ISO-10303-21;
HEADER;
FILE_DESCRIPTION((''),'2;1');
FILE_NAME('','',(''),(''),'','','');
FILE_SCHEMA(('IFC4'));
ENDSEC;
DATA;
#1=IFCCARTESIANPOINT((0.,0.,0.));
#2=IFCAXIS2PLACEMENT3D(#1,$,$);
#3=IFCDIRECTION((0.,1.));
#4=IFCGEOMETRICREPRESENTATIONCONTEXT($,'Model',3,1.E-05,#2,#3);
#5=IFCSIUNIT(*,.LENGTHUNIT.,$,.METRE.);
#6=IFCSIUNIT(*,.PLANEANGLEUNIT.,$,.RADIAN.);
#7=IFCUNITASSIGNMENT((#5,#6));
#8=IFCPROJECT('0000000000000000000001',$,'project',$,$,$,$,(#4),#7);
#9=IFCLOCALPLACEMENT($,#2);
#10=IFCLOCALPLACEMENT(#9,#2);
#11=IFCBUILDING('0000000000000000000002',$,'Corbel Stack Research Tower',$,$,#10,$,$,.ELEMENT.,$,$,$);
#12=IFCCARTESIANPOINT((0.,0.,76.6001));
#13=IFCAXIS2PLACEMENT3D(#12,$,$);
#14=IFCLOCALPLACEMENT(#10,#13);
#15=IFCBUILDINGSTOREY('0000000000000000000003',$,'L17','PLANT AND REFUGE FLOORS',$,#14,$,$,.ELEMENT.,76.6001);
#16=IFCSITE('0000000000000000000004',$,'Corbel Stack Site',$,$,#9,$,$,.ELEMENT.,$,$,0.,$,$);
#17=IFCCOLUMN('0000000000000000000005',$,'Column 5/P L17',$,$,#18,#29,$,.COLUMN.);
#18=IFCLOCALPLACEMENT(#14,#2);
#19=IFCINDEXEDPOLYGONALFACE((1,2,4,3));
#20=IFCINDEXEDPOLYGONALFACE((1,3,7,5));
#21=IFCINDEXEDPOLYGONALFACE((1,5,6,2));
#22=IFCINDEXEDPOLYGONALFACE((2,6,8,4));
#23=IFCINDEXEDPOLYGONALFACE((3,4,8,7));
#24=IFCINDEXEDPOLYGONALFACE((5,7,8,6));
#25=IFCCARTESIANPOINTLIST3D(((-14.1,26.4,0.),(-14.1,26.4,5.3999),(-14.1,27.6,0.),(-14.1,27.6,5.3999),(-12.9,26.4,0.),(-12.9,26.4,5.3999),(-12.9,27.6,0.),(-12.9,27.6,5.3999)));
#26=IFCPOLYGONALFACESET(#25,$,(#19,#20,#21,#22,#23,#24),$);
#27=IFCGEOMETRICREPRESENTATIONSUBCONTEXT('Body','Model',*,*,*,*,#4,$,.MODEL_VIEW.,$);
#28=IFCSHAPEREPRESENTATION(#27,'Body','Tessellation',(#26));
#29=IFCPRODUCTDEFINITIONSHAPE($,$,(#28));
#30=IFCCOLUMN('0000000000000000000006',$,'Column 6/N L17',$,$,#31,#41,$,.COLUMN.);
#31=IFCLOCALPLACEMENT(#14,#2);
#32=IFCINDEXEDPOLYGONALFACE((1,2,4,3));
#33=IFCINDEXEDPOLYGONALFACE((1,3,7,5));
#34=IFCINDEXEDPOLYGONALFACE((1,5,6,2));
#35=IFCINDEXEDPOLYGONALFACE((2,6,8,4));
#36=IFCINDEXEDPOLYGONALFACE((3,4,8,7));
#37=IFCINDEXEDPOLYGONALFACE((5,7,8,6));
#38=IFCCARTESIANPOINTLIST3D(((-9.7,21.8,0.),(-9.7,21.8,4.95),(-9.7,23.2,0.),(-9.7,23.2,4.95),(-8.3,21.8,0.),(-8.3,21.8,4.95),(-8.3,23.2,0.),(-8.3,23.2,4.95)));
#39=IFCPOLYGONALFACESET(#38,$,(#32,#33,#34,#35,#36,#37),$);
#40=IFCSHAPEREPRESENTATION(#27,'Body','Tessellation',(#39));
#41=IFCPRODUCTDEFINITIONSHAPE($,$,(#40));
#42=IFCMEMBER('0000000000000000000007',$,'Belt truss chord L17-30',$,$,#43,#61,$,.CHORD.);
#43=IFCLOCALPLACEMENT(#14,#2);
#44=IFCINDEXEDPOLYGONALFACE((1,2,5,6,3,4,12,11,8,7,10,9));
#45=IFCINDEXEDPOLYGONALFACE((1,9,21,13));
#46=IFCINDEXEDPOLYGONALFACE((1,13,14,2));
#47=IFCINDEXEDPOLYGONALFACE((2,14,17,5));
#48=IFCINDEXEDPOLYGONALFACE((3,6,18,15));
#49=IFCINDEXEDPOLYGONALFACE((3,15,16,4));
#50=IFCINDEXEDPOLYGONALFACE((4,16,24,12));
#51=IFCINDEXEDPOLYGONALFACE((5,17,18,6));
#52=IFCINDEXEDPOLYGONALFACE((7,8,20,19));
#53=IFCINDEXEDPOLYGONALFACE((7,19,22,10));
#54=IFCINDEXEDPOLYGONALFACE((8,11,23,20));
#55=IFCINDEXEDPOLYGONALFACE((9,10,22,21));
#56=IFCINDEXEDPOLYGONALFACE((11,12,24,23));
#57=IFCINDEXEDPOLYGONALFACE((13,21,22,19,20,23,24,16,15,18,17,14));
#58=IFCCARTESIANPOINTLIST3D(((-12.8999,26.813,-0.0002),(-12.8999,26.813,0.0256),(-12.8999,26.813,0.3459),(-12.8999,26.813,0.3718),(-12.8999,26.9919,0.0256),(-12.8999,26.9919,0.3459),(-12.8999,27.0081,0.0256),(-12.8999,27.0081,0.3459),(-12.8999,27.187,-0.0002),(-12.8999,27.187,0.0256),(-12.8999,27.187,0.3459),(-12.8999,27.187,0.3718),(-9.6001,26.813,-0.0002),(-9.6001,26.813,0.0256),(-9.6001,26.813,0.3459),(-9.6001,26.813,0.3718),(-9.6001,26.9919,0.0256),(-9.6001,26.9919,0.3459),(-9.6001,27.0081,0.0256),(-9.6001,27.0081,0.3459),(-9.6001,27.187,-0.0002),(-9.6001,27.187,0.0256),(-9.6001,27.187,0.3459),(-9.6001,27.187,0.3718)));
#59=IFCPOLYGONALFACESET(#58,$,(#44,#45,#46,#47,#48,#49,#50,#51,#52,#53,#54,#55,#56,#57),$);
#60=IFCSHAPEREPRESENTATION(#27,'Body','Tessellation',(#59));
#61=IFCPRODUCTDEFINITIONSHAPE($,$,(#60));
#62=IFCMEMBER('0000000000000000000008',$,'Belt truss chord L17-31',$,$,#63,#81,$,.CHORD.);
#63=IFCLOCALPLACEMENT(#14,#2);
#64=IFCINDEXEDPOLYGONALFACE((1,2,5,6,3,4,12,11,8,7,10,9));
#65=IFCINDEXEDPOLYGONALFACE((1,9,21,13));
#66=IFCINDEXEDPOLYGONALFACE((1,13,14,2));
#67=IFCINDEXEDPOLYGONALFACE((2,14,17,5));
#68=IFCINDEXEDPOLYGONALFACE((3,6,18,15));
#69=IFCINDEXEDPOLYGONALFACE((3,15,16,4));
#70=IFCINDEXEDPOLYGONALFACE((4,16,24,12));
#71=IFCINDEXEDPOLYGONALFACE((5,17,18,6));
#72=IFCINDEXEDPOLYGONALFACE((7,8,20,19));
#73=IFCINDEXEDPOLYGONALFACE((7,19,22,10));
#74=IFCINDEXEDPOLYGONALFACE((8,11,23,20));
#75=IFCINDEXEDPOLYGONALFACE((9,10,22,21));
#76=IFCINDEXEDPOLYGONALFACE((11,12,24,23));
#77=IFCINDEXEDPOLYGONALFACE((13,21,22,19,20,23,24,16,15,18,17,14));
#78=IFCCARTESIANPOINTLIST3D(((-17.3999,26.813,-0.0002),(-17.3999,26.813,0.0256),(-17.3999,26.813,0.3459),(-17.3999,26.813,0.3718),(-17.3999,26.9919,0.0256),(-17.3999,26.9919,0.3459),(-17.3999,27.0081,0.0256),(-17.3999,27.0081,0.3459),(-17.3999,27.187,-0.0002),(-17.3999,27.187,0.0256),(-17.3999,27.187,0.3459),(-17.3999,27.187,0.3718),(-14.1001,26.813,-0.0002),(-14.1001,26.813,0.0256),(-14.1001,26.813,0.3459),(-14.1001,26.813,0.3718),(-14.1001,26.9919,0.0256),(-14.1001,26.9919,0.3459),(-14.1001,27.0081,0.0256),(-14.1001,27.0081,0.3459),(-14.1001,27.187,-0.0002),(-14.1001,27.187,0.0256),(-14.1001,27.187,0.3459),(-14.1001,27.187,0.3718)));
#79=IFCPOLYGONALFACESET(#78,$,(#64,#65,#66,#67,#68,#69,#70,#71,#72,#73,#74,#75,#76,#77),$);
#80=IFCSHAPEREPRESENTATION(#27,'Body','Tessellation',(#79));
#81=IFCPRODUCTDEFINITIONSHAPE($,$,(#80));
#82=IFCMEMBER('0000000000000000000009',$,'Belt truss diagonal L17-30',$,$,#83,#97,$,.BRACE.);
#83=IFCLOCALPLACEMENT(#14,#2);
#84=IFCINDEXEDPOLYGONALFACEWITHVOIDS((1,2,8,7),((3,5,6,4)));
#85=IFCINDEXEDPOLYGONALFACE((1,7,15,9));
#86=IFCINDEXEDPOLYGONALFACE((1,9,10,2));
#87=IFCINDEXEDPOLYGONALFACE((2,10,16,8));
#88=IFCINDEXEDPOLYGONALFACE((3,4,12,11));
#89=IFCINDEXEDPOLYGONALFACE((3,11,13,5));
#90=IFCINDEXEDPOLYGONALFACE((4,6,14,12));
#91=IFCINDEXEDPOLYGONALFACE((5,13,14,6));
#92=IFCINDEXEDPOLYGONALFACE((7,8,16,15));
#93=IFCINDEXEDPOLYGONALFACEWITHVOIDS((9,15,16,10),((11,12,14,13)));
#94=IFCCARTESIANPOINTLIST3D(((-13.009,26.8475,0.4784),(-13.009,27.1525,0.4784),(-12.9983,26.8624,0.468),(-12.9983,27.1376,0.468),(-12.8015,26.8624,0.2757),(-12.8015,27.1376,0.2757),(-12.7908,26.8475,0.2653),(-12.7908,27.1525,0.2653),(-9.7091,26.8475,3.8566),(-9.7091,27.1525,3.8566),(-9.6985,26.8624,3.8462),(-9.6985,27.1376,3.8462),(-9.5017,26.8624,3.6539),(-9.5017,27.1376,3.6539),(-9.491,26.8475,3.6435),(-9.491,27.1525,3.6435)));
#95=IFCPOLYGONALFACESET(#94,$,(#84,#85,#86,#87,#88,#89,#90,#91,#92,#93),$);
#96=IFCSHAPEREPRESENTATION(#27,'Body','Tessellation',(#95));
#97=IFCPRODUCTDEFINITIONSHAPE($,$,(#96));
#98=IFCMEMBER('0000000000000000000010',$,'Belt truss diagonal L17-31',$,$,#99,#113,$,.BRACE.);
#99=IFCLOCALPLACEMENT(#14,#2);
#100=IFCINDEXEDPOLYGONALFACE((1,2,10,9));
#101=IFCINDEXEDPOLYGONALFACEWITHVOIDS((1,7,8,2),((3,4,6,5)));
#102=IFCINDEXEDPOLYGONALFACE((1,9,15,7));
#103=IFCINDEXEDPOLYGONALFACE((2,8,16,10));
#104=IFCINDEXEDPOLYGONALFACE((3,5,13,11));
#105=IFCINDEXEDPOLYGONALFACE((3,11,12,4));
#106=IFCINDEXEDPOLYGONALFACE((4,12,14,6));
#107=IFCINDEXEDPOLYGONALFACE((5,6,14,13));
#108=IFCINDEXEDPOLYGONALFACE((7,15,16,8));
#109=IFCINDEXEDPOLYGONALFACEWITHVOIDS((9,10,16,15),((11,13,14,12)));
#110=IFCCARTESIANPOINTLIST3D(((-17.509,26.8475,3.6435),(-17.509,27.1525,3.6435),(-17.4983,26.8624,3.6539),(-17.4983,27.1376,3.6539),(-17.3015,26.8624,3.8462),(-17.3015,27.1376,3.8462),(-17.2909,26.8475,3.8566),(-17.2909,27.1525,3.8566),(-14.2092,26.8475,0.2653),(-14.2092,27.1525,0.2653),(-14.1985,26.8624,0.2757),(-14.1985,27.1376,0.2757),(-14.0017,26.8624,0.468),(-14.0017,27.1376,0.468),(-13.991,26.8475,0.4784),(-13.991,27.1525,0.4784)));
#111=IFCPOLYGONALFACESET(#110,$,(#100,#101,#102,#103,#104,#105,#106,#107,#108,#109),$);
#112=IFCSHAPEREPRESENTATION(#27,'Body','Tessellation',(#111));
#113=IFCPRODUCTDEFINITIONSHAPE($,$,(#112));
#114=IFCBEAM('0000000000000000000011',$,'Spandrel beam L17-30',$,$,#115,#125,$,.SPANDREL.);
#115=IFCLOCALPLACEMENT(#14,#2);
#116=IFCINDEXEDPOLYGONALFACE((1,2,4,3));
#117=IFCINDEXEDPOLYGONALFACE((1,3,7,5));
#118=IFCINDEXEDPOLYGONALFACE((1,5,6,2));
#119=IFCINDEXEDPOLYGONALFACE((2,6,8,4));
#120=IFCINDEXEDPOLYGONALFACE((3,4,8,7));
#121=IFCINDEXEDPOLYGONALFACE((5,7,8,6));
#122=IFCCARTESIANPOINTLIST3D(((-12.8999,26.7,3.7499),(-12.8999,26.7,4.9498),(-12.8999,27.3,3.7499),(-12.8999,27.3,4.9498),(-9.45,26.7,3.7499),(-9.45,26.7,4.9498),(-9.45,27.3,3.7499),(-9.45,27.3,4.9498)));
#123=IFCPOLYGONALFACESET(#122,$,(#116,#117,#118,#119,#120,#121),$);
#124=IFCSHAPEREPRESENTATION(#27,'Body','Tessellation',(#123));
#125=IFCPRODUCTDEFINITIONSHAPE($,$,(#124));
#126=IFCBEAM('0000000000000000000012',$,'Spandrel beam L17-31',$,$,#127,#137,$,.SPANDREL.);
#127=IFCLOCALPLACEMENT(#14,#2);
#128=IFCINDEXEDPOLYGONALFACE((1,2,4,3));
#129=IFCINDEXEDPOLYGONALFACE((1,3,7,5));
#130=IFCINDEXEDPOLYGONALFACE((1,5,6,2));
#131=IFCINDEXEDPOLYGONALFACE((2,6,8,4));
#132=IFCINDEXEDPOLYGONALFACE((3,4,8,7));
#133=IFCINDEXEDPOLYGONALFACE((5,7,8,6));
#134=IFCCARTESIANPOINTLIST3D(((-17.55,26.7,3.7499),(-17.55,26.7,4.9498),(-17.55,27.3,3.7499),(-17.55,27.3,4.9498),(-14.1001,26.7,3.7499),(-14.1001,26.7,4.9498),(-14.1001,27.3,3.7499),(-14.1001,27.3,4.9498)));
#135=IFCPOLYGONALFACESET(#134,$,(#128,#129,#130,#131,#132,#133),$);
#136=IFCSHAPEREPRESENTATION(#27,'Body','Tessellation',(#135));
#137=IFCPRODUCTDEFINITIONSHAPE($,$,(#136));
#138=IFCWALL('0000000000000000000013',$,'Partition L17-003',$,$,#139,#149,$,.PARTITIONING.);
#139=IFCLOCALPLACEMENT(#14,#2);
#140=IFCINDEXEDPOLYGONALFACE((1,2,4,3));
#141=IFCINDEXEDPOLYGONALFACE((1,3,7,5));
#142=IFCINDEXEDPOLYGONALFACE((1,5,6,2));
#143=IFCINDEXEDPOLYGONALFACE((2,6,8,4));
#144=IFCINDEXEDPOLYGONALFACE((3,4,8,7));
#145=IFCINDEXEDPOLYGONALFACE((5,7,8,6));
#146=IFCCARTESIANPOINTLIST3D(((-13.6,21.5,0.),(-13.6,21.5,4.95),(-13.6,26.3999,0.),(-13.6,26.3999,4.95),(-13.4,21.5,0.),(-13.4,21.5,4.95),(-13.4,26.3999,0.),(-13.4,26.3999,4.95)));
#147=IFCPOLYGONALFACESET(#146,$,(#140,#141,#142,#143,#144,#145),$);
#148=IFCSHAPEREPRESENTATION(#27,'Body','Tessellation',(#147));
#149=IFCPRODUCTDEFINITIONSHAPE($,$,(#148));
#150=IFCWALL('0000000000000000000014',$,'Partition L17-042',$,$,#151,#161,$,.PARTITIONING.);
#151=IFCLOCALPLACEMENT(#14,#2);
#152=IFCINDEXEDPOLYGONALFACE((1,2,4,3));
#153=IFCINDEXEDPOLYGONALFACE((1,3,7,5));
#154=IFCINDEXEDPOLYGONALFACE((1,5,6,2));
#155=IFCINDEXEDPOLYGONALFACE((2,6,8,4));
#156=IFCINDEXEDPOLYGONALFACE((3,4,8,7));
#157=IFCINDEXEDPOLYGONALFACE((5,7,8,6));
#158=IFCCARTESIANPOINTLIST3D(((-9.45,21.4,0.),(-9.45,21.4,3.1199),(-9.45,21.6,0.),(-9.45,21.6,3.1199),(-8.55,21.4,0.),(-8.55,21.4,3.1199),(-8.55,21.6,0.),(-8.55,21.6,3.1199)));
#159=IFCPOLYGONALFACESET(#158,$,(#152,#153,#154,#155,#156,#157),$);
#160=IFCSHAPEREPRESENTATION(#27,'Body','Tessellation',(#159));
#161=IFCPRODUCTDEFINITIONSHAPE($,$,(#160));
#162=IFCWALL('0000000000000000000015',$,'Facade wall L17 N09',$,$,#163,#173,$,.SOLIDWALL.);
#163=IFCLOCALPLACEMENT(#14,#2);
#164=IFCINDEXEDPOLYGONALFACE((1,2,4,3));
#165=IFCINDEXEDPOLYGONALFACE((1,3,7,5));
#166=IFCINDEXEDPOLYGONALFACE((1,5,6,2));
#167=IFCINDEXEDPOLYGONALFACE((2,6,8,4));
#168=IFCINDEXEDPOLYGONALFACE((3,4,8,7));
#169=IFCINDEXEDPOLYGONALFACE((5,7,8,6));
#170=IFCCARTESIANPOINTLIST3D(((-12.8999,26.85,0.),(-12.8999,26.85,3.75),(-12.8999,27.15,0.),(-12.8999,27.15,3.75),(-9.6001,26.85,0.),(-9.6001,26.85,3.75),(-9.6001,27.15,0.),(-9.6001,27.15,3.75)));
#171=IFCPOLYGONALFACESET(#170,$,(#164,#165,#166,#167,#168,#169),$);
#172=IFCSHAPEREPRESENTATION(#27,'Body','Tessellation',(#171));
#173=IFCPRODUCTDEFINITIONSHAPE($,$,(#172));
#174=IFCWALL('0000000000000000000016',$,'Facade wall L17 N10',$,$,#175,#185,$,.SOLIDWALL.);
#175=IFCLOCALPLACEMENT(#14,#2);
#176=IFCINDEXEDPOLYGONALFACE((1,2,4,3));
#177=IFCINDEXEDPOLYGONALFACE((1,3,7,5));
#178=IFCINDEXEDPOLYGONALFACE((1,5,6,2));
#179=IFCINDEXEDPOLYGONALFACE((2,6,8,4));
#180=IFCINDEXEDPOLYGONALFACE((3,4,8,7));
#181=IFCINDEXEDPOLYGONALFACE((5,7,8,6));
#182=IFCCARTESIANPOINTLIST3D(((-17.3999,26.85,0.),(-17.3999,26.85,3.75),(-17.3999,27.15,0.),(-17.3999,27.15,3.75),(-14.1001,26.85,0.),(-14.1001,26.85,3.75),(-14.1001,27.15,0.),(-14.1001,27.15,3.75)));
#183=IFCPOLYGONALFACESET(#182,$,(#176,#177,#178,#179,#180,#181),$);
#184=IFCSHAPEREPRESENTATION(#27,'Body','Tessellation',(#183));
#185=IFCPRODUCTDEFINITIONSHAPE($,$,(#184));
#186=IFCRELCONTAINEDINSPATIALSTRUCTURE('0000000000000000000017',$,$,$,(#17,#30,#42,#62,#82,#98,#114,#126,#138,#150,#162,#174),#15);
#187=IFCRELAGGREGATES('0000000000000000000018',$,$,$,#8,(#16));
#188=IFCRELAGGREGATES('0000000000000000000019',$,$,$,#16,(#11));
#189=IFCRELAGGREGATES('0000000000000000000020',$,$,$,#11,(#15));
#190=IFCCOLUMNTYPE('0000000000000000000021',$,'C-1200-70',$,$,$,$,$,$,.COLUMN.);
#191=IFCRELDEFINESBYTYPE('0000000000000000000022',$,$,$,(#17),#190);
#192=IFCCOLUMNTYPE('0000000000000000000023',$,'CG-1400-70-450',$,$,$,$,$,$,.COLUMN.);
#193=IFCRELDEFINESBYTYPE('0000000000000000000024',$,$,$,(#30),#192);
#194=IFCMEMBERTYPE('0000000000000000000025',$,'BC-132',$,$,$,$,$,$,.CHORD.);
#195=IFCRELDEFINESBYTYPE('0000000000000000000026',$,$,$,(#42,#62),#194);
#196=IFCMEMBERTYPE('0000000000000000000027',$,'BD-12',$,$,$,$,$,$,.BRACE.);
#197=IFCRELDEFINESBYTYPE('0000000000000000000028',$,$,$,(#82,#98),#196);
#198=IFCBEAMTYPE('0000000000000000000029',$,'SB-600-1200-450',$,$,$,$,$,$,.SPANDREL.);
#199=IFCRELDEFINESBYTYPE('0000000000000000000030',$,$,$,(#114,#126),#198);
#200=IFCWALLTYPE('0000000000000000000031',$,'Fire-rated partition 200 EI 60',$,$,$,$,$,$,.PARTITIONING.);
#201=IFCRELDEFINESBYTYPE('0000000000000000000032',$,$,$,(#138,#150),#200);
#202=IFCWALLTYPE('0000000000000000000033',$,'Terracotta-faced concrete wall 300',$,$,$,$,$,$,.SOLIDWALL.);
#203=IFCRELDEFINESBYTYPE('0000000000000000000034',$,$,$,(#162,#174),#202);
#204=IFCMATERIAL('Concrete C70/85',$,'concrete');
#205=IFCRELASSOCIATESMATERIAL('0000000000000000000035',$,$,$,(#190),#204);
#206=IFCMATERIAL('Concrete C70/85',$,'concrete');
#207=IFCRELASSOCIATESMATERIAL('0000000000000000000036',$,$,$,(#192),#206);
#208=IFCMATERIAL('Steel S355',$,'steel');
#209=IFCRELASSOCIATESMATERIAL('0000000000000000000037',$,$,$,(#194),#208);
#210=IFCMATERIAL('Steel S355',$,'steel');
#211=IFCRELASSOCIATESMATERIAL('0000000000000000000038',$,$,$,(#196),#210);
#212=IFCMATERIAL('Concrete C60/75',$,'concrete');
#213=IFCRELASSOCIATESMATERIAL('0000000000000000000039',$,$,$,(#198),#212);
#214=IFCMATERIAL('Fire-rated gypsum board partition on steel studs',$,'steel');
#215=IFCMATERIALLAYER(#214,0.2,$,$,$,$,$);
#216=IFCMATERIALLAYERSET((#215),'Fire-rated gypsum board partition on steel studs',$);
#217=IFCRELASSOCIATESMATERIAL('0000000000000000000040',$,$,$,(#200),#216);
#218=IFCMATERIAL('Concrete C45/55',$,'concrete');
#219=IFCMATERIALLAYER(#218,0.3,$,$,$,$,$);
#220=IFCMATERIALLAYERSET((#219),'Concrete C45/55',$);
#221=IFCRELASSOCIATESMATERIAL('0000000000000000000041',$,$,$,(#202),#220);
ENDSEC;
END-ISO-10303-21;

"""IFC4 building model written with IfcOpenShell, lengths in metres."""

from ifc_helpers import new_model, si_unit, direction, frame, frame_2d, origin, origin_2d, place, context, subcontext, project, spatial, rectangle, hollow_rectangle, i_section, extrude, material, layer, layer_set, material_profile, profile_set, type_object, element, save


model = new_model("IFC4")

# Units and contexts
model_context = context("Model", 3, precision=1e-05, world=origin(), true_north=direction((0.0, 1.0)))
body_context = subcontext(model_context, "Body", "Model", "MODEL_VIEW")
ifc_project = project(units=[si_unit("LENGTHUNIT", "METRE"), si_unit("PLANEANGLEUNIT", "RADIAN")], contexts=[model_context])

# Site, building, storey
site_placement = place(None, origin())
site = spatial("IfcSite", under=ifc_project, at=site_placement, Name="Corbel Stack Site", CompositionType="ELEMENT", RefElevation=0.0)
building_placement = place(site_placement, origin())
building = spatial("IfcBuilding", under=site, at=building_placement, Name="Corbel Stack Research Tower", CompositionType="ELEMENT")
storey_placement = place(building_placement, frame((0.0, 0.0, 76.6001)))
storey = spatial("IfcBuildingStorey", under=building, at=storey_placement, Name="L17", Description="PLANT AND REFUGE FLOORS", CompositionType="ELEMENT", Elevation=76.6001)

# Columns
ifc_material_1 = material(Name="Concrete C70/85", Category="concrete")
ifc_material_profile_1 = material_profile(ifc_material_1, rectangle(XDim=1.2, YDim=1.2, at=origin_2d()), Name="RC 1200 x 1200")
ifc_profile_set_1 = profile_set([ifc_material_profile_1], Name="Concrete C70/85")
column_type_1 = type_object("IfcColumnType", Name="C-1200-70", PredefinedType="COLUMN", material=ifc_profile_set_1)
column_1_placement = place(storey_placement, frame((-13.5, 27.0, 0.0), z_axis=(0.0, 0.0, 1.0), x_axis=(1.0, 0.0, 0.0)))
element("IfcColumn", 1, at=column_1_placement, inside=storey, type_object=column_type_1, Name="Column 5/P L17", PredefinedType="COLUMN", context=body_context, shape_type="SweptSolid", body=[
    extrude(rectangle(XDim=1.2, YDim=1.2, at=origin_2d()), origin(), (0.0, 0.0, 1.0), 5.3999),
])
ifc_material_2 = material(Name="Concrete C70/85", Category="concrete")
ifc_material_profile_2 = material_profile(ifc_material_2, rectangle(XDim=1.3999, YDim=1.3999, at=origin_2d()), Name="RC 1400 x 1400")
ifc_profile_set_2 = profile_set([ifc_material_profile_2], Name="Concrete C70/85")
column_type_2 = type_object("IfcColumnType", Name="CG-1400-70-450", PredefinedType="COLUMN", material=ifc_profile_set_2)
column_2_placement = place(storey_placement, frame((-9.0, 22.5, 0.0), z_axis=(0.0, 0.0, 1.0), x_axis=(1.0, 0.0, 0.0)))
element("IfcColumn", 2, at=column_2_placement, inside=storey, type_object=column_type_2, Name="Column 6/N L17", PredefinedType="COLUMN", context=body_context, shape_type="SweptSolid", body=[
    extrude(rectangle(XDim=1.3999, YDim=1.3999, at=origin_2d()), origin(), (0.0, 0.0, 1.0), 4.95),
])

# Members
ifc_material_3 = material(Name="Steel S355", Category="steel")
ifc_material_profile_3 = material_profile(ifc_material_3, i_section(OverallWidth=0.374, OverallDepth=0.3721, WebThickness=0.0161, FlangeThickness=0.0259, at=origin_2d()), Name="W14x132")
ifc_profile_set_3 = profile_set([ifc_material_profile_3], Name="Steel S355")
member_type_1 = type_object("IfcMemberType", Name="BC-132", PredefinedType="CHORD", material=ifc_profile_set_3)
for number, where, z_axis, x_axis, name in (
    (3, (-9.6001, 27.0, 0.1858), (-1.0, 0.0, 0.0), (0.0, -1.0, 0.0), "Belt truss chord L17-30"),
    (4, (-14.1001, 27.0, 0.1858), (-1.0, 0.0, 0.0), (0.0, -1.0, 0.0), "Belt truss chord L17-31"),
):
    element("IfcMember", number, at=place(storey_placement, frame(where, z_axis=z_axis, x_axis=x_axis)), inside=storey, type_object=member_type_1, Name=name, PredefinedType="CHORD", context=body_context, shape_type="SweptSolid", body=[
        extrude(i_section(OverallWidth=0.374, OverallDepth=0.3721, WebThickness=0.0161, FlangeThickness=0.0259, at=origin_2d()), origin(), (0.0, 0.0, 1.0), 3.2998),
    ])
ifc_material_4 = material(Name="Steel S355", Category="steel")
ifc_material_profile_4 = material_profile(ifc_material_4, hollow_rectangle(XDim=0.3049, YDim=0.3049, WallThickness=0.0149, at=origin_2d()), Name="HSS12x12x5/8")
ifc_profile_set_4 = profile_set([ifc_material_profile_4], Name="Steel S355")
member_type_2 = type_object("IfcMemberType", Name="BD-12", PredefinedType="BRACE", material=ifc_profile_set_4)
for number, where, z_axis, x_axis, name in (
    (5, (-12.8999, 27.0, 0.3718), (0.69876, 0.0, 0.715356), (0.0, 1.0, 0.0), "Belt truss diagonal L17-30"),
    (6, (-14.1001, 27.0, 0.3718), (-0.69876, 0.0, 0.715356), (0.0, -1.0, 0.0), "Belt truss diagonal L17-31"),
):
    element("IfcMember", number, at=place(storey_placement, frame(where, z_axis=z_axis, x_axis=x_axis)), inside=storey, type_object=member_type_2, Name=name, PredefinedType="BRACE", context=body_context, shape_type="SweptSolid", body=[
        extrude(hollow_rectangle(XDim=0.3049, YDim=0.3049, WallThickness=0.0149, at=origin_2d()), origin(), (0.0, 0.0, 1.0), 4.7224),
    ])

# Beams
ifc_material_5 = material(Name="Concrete C60/75", Category="concrete")
ifc_material_profile_5 = material_profile(ifc_material_5, rectangle(XDim=0.6001, YDim=1.2, at=origin_2d()), Name="RC 600 x 1200")
ifc_profile_set_5 = profile_set([ifc_material_profile_5], Name="Concrete C60/75")
beam_type = type_object("IfcBeamType", Name="SB-600-1200-450", PredefinedType="SPANDREL", material=ifc_profile_set_5)
for number, where, z_axis, x_axis, name in (
    (7, (-9.45, 27.0, 4.3499), (-1.0, 0.0, 0.0), (0.0, -1.0, 0.0), "Spandrel beam L17-30"),
    (8, (-14.1001, 27.0, 4.3499), (-1.0, 0.0, 0.0), (0.0, -1.0, 0.0), "Spandrel beam L17-31"),
):
    element("IfcBeam", number, at=place(storey_placement, frame(where, z_axis=z_axis, x_axis=x_axis)), inside=storey, type_object=beam_type, Name=name, PredefinedType="SPANDREL", context=body_context, shape_type="SweptSolid", body=[
        extrude(rectangle(XDim=0.6001, YDim=1.2, at=origin_2d()), origin(), (0.0, 0.0, 1.0), 3.45),
    ])

# Walls
ifc_material_6 = material(Name="Fire-rated gypsum board partition on steel studs", Category="steel")
ifc_layer_1 = layer(ifc_material_6, 0.2)
ifc_layer_set_1 = layer_set([ifc_layer_1], Name="Fire-rated gypsum board partition on steel studs")
wall_type_1 = type_object("IfcWallType", Name="Fire-rated partition 200 EI 60", PredefinedType="PARTITIONING", material=ifc_layer_set_1)
wall_1_placement = place(storey_placement, frame((-13.5, 21.5, 0.0), z_axis=(0.0, 0.0, 1.0), x_axis=(0.0, 1.0, 0.0)))
element("IfcWall", 9, at=wall_1_placement, inside=storey, type_object=wall_type_1, Name="Partition L17-003", PredefinedType="PARTITIONING", context=body_context, shape_type="SweptSolid", body=[
    extrude(rectangle(XDim=4.8999, YDim=0.2, at=frame_2d((2.45, 0.0))), origin(), (0.0, 0.0, 1.0), 4.95),
])
wall_2_placement = place(storey_placement, frame((-9.45, 21.5, 0.0), z_axis=(0.0, 0.0, 1.0), x_axis=(1.0, 0.0, 0.0)))
element("IfcWall", 10, at=wall_2_placement, inside=storey, type_object=wall_type_1, Name="Partition L17-042", PredefinedType="PARTITIONING", context=body_context, shape_type="SweptSolid", body=[
    extrude(rectangle(XDim=0.8999, YDim=0.2, at=frame_2d((0.45, 0.0))), origin(), (0.0, 0.0, 1.0), 3.1199),
])
ifc_material_7 = material(Name="Concrete C45/55", Category="concrete")
ifc_layer_2 = layer(ifc_material_7, 0.3)
ifc_layer_set_2 = layer_set([ifc_layer_2], Name="Concrete C45/55")
wall_type_2 = type_object("IfcWallType", Name="Terracotta-faced concrete wall 300", PredefinedType="SOLIDWALL", material=ifc_layer_set_2)
for number, where, z_axis, x_axis, name in (
    (11, (-12.8999, 27.0, 0.0), (0.0, 0.0, 1.0), (1.0, 0.0, 0.0), "Facade wall L17 N09"),
    (12, (-17.3999, 27.0, 0.0), (0.0, 0.0, 1.0), (1.0, 0.0, 0.0), "Facade wall L17 N10"),
):
    element("IfcWall", number, at=place(storey_placement, frame(where, z_axis=z_axis, x_axis=x_axis)), inside=storey, type_object=wall_type_2, Name=name, PredefinedType="SOLIDWALL", context=body_context, shape_type="SweptSolid", body=[
        extrude(rectangle(XDim=3.2998, YDim=0.3, at=frame_2d((1.6499, 0.0))), origin(), (0.0, 0.0, 1.0), 3.75),
    ])

save(model, "model.ifc")
